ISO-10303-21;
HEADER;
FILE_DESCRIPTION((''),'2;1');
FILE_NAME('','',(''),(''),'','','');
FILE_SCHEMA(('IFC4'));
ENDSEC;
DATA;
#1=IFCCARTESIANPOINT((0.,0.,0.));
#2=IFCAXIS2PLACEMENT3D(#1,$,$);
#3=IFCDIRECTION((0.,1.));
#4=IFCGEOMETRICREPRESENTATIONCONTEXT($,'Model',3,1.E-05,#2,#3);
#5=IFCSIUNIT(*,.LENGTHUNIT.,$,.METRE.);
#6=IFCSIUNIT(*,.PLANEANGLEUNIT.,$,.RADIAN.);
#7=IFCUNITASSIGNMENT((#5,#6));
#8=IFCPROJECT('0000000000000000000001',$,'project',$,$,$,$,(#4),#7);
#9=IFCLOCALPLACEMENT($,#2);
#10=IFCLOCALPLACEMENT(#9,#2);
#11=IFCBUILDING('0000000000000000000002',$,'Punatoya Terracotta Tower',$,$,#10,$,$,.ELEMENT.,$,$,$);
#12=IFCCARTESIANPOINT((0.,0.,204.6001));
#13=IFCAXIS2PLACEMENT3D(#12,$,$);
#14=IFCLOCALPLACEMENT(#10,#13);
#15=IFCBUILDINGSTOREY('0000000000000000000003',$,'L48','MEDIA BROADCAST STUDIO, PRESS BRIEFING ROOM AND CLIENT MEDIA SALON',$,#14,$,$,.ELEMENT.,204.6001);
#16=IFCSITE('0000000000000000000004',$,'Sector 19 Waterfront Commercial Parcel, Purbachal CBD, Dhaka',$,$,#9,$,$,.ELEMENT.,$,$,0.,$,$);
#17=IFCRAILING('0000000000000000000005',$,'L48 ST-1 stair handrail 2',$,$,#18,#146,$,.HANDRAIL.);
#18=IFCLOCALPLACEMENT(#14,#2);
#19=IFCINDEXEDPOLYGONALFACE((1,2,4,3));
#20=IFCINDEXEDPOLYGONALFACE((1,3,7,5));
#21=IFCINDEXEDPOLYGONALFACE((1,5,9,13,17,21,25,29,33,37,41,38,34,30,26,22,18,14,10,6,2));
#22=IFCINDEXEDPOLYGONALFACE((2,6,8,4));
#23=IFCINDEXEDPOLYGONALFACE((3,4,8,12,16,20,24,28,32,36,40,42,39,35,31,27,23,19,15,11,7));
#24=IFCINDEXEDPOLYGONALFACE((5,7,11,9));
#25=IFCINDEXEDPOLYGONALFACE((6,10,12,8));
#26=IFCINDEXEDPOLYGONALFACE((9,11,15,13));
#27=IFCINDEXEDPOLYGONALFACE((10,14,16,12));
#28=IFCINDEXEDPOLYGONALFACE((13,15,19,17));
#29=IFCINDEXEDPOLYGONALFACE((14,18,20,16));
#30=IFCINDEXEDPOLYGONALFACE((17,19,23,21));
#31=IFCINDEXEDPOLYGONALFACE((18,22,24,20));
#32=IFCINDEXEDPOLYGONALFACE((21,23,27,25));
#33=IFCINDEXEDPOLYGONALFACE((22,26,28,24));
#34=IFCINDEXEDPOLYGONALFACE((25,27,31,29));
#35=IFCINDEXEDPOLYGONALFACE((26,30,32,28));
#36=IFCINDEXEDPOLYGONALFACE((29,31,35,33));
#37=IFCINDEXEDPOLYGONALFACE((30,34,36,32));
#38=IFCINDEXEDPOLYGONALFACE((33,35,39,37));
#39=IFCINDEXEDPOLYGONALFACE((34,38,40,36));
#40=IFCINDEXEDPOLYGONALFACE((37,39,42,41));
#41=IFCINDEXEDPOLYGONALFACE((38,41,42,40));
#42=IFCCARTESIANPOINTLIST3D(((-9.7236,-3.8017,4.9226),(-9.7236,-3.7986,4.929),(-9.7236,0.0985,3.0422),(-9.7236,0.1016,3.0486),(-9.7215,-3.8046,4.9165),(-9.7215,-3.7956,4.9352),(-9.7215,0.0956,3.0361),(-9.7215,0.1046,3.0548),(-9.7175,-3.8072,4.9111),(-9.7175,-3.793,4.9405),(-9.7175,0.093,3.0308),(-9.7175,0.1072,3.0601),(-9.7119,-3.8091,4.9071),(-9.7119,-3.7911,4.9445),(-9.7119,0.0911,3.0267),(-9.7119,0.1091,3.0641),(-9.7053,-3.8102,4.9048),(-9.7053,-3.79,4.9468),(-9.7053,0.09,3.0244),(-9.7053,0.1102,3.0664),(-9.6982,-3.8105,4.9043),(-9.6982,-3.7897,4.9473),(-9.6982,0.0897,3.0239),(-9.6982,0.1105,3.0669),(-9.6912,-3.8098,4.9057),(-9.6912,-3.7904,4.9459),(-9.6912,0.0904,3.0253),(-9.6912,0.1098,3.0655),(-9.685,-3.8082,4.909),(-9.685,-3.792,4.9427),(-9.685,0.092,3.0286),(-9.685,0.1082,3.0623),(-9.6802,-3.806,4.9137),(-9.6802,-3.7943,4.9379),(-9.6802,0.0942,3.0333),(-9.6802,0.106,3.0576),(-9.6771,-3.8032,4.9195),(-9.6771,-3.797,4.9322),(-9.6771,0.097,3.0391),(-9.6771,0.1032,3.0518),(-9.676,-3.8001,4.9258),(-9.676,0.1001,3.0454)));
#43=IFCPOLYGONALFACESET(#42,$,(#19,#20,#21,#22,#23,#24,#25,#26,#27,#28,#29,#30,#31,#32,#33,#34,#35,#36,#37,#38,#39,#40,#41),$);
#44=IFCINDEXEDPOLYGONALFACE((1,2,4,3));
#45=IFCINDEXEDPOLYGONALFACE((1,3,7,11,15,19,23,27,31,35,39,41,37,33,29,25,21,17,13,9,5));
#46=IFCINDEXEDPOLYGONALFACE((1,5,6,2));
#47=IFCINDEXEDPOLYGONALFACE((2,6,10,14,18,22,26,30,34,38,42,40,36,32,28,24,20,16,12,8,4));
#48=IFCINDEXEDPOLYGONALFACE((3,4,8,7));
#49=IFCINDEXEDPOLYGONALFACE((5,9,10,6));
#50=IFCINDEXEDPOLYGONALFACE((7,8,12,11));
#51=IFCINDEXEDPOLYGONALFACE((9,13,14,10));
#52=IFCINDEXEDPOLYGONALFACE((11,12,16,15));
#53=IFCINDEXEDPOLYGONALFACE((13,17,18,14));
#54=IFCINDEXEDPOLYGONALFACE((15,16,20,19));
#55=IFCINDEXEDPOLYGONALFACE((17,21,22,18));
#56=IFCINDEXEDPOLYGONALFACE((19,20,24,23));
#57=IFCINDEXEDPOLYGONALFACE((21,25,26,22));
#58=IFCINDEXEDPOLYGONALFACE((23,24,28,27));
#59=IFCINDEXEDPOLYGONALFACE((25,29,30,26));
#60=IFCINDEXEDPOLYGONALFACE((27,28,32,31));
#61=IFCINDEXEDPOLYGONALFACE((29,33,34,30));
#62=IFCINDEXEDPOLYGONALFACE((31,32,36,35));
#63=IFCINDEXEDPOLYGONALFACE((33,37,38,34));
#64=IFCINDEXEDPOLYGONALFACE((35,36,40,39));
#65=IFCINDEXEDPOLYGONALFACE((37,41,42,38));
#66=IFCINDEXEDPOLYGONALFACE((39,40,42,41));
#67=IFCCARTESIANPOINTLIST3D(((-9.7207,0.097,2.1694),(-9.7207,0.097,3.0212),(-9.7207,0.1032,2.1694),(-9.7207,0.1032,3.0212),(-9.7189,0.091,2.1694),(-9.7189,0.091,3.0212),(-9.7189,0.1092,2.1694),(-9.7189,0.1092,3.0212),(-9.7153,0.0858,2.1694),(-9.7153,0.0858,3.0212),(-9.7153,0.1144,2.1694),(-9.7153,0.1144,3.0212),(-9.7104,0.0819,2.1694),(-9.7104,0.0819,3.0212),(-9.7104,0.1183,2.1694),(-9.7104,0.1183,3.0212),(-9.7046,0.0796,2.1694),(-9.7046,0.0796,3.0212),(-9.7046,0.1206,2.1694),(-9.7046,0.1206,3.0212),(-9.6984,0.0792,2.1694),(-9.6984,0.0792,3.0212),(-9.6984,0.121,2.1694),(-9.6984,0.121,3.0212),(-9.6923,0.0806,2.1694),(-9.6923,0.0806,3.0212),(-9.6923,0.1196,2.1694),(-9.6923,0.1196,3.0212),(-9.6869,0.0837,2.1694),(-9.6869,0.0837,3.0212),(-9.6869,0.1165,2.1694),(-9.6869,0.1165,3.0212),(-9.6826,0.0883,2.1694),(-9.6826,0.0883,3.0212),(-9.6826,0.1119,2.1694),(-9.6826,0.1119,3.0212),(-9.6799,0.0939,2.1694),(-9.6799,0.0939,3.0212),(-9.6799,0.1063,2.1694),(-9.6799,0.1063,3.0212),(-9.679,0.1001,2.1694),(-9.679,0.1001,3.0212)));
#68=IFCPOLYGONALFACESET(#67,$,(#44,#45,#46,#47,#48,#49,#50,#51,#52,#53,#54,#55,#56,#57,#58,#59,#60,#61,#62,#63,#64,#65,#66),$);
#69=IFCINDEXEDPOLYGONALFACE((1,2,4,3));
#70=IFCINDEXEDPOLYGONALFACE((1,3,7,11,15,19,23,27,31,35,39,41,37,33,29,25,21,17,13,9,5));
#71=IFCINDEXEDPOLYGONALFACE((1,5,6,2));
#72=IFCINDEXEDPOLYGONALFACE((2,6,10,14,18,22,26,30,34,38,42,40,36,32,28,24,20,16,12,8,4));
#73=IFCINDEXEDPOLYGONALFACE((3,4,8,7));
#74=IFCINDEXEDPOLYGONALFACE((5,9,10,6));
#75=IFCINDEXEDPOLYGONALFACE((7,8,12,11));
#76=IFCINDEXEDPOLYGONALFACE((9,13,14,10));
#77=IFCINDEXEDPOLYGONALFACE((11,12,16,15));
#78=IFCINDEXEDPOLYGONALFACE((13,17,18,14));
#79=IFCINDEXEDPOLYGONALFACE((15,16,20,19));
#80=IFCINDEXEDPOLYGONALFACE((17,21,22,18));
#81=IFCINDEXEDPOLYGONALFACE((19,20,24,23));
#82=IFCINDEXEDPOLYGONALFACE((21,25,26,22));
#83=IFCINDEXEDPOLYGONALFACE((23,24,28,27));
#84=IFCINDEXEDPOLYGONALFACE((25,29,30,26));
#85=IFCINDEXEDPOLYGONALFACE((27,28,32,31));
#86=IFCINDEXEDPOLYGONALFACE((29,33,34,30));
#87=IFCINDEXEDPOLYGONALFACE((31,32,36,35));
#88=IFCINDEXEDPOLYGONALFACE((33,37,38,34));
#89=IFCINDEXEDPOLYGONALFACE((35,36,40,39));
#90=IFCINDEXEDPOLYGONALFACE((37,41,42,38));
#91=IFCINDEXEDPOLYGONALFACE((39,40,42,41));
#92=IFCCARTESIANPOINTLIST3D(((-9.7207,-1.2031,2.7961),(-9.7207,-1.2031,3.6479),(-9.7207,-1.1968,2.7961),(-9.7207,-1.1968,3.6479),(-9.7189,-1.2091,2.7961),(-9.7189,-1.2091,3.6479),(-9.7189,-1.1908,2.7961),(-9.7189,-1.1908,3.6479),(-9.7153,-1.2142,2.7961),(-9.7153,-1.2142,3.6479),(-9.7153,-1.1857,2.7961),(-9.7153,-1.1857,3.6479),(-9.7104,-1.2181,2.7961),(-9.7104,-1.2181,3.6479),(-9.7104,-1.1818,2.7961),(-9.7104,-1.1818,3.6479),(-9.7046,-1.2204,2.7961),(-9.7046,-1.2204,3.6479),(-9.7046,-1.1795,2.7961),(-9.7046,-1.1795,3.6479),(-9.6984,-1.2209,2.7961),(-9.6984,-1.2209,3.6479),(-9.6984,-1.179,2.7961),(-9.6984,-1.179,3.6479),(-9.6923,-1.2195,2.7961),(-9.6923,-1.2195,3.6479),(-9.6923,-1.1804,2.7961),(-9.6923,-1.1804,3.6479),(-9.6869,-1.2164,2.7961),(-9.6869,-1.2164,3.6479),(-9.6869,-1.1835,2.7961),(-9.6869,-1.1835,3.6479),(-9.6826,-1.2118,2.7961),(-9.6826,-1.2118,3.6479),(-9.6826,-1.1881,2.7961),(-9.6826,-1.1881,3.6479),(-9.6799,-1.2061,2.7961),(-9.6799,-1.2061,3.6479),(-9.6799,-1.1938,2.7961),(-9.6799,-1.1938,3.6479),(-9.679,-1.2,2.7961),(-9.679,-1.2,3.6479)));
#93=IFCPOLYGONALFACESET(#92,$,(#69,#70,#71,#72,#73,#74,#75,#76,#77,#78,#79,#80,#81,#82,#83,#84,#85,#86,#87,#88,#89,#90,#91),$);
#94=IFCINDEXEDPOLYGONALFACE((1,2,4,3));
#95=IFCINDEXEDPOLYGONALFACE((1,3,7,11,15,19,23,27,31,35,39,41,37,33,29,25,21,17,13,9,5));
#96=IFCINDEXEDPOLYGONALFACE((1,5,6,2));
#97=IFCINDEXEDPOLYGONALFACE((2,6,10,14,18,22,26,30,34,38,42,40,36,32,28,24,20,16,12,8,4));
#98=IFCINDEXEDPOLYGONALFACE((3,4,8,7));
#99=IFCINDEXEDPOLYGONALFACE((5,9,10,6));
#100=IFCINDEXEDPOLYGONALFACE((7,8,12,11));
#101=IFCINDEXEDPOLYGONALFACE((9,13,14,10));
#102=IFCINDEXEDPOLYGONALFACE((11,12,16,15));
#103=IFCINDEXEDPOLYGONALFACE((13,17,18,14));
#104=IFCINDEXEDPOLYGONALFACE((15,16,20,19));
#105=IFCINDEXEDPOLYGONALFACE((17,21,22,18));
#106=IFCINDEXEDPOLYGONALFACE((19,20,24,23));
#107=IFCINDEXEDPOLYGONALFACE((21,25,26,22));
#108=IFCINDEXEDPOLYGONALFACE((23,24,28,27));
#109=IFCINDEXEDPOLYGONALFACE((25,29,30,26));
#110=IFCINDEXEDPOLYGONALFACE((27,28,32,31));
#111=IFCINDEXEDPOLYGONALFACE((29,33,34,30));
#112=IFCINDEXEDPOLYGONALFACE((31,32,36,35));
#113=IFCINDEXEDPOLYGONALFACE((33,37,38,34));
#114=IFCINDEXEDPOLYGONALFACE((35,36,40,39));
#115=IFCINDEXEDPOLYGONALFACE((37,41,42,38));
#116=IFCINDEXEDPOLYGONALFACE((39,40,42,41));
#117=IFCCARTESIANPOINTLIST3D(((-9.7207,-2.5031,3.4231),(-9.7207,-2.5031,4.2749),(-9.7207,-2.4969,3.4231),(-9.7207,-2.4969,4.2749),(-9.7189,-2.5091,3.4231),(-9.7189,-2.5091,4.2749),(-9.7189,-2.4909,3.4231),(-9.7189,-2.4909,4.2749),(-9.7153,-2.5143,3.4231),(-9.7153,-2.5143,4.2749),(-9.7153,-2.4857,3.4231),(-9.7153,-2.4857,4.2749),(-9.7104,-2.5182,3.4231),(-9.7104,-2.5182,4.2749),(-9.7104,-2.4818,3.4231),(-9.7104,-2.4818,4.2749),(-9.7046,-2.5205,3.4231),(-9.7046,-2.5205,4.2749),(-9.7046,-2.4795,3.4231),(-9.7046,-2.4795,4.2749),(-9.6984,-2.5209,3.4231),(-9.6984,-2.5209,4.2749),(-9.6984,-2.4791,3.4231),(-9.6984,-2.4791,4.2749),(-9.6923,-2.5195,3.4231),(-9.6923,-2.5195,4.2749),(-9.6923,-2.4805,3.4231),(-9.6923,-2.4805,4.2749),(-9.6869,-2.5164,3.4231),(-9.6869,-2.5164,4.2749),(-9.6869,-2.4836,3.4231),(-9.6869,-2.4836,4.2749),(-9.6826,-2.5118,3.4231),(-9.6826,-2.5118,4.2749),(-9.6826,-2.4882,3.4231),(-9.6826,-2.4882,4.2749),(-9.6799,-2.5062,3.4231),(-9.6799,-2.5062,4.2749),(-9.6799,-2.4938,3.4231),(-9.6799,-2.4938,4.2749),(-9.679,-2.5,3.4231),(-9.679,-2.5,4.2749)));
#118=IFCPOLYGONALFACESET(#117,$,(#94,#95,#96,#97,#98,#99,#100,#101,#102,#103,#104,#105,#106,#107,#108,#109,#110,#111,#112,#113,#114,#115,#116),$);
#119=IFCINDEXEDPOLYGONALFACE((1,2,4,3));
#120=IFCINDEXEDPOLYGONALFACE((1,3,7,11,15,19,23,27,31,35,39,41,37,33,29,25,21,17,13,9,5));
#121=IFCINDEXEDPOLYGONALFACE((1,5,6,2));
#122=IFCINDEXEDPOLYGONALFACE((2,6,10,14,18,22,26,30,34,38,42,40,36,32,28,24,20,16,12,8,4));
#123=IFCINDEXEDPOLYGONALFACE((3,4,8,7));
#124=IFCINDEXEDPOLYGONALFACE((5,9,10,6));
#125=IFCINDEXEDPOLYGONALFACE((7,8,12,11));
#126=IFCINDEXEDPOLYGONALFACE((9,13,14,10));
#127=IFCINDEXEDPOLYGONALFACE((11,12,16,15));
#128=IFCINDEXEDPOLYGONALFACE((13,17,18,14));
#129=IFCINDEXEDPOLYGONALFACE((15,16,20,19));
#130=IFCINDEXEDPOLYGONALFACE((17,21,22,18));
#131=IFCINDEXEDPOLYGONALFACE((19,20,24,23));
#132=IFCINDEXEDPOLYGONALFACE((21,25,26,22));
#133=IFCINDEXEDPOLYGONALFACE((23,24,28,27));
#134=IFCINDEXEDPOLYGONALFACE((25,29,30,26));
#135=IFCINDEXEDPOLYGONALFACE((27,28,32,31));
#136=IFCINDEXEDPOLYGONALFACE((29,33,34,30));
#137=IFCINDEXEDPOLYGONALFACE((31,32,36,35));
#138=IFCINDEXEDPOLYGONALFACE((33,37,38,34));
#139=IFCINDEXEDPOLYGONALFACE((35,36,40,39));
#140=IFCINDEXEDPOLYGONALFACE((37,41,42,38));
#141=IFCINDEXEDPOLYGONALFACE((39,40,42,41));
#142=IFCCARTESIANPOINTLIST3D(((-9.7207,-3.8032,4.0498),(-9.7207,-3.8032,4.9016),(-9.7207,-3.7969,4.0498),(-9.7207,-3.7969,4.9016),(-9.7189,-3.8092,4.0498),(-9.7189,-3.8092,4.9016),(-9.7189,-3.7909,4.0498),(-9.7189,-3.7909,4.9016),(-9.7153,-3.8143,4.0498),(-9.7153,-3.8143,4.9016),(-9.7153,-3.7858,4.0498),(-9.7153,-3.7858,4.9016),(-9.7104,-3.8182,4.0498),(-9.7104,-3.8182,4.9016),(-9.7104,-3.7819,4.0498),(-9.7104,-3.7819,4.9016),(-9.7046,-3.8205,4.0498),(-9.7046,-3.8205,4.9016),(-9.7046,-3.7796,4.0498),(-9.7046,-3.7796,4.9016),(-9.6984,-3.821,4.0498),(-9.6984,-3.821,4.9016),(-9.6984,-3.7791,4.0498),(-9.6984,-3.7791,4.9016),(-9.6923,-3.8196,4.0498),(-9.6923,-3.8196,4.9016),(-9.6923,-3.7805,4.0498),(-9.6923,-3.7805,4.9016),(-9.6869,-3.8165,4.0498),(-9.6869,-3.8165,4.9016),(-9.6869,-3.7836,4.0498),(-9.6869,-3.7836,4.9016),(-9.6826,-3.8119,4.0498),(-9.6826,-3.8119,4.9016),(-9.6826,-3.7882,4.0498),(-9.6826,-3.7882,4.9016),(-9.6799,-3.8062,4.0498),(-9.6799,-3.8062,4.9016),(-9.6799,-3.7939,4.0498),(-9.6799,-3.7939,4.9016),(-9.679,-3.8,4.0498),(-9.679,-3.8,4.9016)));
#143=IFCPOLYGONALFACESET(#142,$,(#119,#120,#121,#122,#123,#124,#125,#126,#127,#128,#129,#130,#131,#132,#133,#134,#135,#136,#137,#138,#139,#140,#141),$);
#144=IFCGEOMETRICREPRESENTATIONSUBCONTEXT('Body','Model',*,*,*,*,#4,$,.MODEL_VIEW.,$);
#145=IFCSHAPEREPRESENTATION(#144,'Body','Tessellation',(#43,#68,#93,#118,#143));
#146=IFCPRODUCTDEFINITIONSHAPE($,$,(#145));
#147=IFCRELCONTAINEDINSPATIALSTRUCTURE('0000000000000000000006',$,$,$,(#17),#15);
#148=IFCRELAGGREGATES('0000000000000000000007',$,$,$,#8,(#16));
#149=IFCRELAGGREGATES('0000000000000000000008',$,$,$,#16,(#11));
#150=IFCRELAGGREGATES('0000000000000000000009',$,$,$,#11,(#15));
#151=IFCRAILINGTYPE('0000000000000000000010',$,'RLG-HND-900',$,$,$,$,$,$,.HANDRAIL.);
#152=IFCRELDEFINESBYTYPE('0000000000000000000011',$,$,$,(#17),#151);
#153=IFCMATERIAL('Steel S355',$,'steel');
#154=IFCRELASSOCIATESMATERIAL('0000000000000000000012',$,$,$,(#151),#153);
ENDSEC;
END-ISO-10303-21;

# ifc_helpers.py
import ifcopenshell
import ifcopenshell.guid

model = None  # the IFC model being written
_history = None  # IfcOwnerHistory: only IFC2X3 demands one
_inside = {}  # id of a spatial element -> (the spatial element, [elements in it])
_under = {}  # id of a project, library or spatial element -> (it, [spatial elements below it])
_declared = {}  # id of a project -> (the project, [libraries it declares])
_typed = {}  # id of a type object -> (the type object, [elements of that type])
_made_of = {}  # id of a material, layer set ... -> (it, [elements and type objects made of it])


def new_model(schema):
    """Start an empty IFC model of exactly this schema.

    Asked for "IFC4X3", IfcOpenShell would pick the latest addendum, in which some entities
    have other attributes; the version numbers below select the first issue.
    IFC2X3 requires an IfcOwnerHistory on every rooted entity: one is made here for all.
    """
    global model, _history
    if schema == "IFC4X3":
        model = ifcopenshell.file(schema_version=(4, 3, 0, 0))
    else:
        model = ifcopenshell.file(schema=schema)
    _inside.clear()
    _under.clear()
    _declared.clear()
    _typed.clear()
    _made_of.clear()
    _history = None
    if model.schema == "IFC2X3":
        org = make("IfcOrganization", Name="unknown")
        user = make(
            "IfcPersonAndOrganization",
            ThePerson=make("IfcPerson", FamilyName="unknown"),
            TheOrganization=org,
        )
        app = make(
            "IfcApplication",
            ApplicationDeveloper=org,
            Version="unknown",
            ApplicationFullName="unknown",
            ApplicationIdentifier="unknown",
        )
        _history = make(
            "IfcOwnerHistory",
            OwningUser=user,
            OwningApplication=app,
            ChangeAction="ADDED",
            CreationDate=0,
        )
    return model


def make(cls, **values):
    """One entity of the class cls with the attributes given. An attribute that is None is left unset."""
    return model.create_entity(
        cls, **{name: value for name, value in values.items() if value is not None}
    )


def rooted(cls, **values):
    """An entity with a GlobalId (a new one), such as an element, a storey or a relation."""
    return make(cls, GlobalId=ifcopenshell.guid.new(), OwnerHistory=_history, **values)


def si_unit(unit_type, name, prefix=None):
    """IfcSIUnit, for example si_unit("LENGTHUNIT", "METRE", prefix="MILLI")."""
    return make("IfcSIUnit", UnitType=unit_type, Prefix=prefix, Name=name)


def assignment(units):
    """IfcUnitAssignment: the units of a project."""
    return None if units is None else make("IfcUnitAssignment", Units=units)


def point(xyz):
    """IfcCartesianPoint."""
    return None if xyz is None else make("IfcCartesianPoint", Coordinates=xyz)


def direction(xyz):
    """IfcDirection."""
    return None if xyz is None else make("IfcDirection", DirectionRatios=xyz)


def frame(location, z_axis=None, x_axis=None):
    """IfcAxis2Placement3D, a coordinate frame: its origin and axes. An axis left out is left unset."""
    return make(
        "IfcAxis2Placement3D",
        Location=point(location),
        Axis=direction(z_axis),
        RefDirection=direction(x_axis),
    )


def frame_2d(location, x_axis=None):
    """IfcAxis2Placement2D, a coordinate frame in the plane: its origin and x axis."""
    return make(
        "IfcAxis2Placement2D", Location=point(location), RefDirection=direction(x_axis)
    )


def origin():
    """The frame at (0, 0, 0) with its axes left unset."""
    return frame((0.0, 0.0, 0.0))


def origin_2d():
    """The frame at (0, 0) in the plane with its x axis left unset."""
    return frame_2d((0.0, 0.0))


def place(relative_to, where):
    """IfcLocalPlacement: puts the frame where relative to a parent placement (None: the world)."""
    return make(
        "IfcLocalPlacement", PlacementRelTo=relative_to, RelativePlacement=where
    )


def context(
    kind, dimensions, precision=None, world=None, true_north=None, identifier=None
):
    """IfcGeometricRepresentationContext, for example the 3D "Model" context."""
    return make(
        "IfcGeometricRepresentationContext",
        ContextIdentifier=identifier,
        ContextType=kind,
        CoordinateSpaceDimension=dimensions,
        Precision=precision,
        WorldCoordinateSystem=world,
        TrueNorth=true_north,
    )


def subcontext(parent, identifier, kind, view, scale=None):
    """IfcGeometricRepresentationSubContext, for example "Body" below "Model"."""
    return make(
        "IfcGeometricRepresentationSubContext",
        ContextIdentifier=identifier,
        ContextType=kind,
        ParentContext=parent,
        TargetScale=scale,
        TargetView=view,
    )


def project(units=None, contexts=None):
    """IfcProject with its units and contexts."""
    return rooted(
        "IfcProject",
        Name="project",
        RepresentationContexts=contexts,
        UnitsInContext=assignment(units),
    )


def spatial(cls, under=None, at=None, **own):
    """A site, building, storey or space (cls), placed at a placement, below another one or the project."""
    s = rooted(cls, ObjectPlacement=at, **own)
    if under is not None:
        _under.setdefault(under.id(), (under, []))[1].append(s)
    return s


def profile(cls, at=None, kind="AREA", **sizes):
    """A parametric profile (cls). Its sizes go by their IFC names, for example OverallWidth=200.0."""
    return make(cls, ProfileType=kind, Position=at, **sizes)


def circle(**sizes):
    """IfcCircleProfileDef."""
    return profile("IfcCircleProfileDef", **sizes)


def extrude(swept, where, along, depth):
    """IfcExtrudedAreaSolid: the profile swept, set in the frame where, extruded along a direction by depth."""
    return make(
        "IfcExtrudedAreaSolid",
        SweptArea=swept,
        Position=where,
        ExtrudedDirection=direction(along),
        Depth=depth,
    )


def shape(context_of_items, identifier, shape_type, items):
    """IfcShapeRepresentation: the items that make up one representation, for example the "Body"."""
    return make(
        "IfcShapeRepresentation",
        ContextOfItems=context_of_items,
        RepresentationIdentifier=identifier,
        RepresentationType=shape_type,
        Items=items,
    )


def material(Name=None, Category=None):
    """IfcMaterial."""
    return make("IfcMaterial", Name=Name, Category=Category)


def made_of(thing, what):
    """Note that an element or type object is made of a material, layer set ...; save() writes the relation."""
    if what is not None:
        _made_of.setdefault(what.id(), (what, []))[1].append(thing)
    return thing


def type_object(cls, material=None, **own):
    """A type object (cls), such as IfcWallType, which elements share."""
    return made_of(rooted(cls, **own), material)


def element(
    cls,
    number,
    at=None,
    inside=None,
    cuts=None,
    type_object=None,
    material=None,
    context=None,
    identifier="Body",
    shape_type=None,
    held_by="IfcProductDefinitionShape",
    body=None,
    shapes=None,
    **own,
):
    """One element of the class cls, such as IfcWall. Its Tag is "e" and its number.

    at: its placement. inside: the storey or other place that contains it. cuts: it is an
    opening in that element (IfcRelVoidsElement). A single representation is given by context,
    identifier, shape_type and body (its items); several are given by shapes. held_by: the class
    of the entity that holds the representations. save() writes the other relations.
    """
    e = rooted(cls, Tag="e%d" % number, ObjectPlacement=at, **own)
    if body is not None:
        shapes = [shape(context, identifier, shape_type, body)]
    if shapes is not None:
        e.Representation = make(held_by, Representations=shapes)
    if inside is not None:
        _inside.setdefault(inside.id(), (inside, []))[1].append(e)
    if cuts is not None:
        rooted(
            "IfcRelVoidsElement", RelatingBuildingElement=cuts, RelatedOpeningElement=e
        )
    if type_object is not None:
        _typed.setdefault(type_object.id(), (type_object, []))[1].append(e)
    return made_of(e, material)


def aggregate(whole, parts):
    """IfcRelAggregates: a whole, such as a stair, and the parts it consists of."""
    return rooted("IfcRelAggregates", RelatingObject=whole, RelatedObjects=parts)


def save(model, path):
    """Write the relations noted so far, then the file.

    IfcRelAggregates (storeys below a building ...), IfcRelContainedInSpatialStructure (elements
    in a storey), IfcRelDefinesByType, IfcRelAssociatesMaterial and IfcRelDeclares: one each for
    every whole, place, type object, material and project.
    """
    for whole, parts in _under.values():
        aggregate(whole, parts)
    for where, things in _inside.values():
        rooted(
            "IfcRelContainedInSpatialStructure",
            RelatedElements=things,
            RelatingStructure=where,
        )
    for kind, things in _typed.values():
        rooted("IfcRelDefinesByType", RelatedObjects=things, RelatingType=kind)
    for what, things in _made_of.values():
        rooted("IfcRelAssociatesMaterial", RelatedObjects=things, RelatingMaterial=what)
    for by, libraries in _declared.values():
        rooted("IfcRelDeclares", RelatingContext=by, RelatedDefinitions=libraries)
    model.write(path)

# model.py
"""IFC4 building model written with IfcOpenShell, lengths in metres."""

from ifc_helpers import new_model, si_unit, direction, frame, origin, origin_2d, place, context, subcontext, project, spatial, circle, extrude, material, type_object, element, save


model = new_model("IFC4")

# Units and contexts
model_context = context("Model", 3, precision=1e-05, world=origin(), true_north=direction((0.0, 1.0)))
body_context = subcontext(model_context, "Body", "Model", "MODEL_VIEW")
ifc_project = project(units=[si_unit("LENGTHUNIT", "METRE"), si_unit("PLANEANGLEUNIT", "RADIAN")], contexts=[model_context])

# Site, building, storey
site_placement = place(None, origin())
site = spatial("IfcSite", under=ifc_project, at=site_placement, Name="Sector 19 Waterfront Commercial Parcel, Purbachal CBD, Dhaka", CompositionType="ELEMENT", RefElevation=0.0)
building_placement = place(site_placement, origin())
building = spatial("IfcBuilding", under=site, at=building_placement, Name="Punatoya Terracotta Tower", CompositionType="ELEMENT")
storey_placement = place(building_placement, frame((0.0, 0.0, 204.6001)))
storey = spatial("IfcBuildingStorey", under=building, at=storey_placement, Name="L48", Description="MEDIA BROADCAST STUDIO, PRESS BRIEFING ROOM AND CLIENT MEDIA SALON", CompositionType="ELEMENT", Elevation=204.6001)

# Shared definitions
ifc_material_1 = material(Name="Steel S355", Category="steel")

# Railing
railing_type_1 = type_object("IfcRailingType", Name="RLG-HND-900", PredefinedType="HANDRAIL", material=ifc_material_1)
railing_1_placement = place(storey_placement, frame((-9.7, 0.1001, 2.1694)))
element("IfcRailing", 1, at=railing_1_placement, inside=storey, type_object=railing_type_1, Name="L48 ST-1 stair handrail 2", PredefinedType="HANDRAIL", context=body_context, shape_type="SweptSolid", body=[
    extrude(circle(Radius=0.0239, at=origin_2d()), frame((0.0, 0.0, 0.876), z_axis=(0.0, -0.900774, 0.434289), x_axis=(1.0, 0.0, 0.0)), (0.0, 0.0, 1.0), 4.3298),
    extrude(circle(Radius=0.021, at=origin_2d()), origin(), (0.0, 0.0, 1.0), 0.8518),
    extrude(circle(Radius=0.021, at=origin_2d()), frame((0.0, -1.3, 0.6267)), (0.0, 0.0, 1.0), 0.8518),
    extrude(circle(Radius=0.021, at=origin_2d()), frame((0.0, -2.6001, 1.2537)), (0.0, 0.0, 1.0), 0.8518),
    extrude(circle(Radius=0.021, at=origin_2d()), frame((0.0, -3.9001, 1.8804)), (0.0, 0.0, 1.0), 0.8518),
])

save(model, "model.ifc")
